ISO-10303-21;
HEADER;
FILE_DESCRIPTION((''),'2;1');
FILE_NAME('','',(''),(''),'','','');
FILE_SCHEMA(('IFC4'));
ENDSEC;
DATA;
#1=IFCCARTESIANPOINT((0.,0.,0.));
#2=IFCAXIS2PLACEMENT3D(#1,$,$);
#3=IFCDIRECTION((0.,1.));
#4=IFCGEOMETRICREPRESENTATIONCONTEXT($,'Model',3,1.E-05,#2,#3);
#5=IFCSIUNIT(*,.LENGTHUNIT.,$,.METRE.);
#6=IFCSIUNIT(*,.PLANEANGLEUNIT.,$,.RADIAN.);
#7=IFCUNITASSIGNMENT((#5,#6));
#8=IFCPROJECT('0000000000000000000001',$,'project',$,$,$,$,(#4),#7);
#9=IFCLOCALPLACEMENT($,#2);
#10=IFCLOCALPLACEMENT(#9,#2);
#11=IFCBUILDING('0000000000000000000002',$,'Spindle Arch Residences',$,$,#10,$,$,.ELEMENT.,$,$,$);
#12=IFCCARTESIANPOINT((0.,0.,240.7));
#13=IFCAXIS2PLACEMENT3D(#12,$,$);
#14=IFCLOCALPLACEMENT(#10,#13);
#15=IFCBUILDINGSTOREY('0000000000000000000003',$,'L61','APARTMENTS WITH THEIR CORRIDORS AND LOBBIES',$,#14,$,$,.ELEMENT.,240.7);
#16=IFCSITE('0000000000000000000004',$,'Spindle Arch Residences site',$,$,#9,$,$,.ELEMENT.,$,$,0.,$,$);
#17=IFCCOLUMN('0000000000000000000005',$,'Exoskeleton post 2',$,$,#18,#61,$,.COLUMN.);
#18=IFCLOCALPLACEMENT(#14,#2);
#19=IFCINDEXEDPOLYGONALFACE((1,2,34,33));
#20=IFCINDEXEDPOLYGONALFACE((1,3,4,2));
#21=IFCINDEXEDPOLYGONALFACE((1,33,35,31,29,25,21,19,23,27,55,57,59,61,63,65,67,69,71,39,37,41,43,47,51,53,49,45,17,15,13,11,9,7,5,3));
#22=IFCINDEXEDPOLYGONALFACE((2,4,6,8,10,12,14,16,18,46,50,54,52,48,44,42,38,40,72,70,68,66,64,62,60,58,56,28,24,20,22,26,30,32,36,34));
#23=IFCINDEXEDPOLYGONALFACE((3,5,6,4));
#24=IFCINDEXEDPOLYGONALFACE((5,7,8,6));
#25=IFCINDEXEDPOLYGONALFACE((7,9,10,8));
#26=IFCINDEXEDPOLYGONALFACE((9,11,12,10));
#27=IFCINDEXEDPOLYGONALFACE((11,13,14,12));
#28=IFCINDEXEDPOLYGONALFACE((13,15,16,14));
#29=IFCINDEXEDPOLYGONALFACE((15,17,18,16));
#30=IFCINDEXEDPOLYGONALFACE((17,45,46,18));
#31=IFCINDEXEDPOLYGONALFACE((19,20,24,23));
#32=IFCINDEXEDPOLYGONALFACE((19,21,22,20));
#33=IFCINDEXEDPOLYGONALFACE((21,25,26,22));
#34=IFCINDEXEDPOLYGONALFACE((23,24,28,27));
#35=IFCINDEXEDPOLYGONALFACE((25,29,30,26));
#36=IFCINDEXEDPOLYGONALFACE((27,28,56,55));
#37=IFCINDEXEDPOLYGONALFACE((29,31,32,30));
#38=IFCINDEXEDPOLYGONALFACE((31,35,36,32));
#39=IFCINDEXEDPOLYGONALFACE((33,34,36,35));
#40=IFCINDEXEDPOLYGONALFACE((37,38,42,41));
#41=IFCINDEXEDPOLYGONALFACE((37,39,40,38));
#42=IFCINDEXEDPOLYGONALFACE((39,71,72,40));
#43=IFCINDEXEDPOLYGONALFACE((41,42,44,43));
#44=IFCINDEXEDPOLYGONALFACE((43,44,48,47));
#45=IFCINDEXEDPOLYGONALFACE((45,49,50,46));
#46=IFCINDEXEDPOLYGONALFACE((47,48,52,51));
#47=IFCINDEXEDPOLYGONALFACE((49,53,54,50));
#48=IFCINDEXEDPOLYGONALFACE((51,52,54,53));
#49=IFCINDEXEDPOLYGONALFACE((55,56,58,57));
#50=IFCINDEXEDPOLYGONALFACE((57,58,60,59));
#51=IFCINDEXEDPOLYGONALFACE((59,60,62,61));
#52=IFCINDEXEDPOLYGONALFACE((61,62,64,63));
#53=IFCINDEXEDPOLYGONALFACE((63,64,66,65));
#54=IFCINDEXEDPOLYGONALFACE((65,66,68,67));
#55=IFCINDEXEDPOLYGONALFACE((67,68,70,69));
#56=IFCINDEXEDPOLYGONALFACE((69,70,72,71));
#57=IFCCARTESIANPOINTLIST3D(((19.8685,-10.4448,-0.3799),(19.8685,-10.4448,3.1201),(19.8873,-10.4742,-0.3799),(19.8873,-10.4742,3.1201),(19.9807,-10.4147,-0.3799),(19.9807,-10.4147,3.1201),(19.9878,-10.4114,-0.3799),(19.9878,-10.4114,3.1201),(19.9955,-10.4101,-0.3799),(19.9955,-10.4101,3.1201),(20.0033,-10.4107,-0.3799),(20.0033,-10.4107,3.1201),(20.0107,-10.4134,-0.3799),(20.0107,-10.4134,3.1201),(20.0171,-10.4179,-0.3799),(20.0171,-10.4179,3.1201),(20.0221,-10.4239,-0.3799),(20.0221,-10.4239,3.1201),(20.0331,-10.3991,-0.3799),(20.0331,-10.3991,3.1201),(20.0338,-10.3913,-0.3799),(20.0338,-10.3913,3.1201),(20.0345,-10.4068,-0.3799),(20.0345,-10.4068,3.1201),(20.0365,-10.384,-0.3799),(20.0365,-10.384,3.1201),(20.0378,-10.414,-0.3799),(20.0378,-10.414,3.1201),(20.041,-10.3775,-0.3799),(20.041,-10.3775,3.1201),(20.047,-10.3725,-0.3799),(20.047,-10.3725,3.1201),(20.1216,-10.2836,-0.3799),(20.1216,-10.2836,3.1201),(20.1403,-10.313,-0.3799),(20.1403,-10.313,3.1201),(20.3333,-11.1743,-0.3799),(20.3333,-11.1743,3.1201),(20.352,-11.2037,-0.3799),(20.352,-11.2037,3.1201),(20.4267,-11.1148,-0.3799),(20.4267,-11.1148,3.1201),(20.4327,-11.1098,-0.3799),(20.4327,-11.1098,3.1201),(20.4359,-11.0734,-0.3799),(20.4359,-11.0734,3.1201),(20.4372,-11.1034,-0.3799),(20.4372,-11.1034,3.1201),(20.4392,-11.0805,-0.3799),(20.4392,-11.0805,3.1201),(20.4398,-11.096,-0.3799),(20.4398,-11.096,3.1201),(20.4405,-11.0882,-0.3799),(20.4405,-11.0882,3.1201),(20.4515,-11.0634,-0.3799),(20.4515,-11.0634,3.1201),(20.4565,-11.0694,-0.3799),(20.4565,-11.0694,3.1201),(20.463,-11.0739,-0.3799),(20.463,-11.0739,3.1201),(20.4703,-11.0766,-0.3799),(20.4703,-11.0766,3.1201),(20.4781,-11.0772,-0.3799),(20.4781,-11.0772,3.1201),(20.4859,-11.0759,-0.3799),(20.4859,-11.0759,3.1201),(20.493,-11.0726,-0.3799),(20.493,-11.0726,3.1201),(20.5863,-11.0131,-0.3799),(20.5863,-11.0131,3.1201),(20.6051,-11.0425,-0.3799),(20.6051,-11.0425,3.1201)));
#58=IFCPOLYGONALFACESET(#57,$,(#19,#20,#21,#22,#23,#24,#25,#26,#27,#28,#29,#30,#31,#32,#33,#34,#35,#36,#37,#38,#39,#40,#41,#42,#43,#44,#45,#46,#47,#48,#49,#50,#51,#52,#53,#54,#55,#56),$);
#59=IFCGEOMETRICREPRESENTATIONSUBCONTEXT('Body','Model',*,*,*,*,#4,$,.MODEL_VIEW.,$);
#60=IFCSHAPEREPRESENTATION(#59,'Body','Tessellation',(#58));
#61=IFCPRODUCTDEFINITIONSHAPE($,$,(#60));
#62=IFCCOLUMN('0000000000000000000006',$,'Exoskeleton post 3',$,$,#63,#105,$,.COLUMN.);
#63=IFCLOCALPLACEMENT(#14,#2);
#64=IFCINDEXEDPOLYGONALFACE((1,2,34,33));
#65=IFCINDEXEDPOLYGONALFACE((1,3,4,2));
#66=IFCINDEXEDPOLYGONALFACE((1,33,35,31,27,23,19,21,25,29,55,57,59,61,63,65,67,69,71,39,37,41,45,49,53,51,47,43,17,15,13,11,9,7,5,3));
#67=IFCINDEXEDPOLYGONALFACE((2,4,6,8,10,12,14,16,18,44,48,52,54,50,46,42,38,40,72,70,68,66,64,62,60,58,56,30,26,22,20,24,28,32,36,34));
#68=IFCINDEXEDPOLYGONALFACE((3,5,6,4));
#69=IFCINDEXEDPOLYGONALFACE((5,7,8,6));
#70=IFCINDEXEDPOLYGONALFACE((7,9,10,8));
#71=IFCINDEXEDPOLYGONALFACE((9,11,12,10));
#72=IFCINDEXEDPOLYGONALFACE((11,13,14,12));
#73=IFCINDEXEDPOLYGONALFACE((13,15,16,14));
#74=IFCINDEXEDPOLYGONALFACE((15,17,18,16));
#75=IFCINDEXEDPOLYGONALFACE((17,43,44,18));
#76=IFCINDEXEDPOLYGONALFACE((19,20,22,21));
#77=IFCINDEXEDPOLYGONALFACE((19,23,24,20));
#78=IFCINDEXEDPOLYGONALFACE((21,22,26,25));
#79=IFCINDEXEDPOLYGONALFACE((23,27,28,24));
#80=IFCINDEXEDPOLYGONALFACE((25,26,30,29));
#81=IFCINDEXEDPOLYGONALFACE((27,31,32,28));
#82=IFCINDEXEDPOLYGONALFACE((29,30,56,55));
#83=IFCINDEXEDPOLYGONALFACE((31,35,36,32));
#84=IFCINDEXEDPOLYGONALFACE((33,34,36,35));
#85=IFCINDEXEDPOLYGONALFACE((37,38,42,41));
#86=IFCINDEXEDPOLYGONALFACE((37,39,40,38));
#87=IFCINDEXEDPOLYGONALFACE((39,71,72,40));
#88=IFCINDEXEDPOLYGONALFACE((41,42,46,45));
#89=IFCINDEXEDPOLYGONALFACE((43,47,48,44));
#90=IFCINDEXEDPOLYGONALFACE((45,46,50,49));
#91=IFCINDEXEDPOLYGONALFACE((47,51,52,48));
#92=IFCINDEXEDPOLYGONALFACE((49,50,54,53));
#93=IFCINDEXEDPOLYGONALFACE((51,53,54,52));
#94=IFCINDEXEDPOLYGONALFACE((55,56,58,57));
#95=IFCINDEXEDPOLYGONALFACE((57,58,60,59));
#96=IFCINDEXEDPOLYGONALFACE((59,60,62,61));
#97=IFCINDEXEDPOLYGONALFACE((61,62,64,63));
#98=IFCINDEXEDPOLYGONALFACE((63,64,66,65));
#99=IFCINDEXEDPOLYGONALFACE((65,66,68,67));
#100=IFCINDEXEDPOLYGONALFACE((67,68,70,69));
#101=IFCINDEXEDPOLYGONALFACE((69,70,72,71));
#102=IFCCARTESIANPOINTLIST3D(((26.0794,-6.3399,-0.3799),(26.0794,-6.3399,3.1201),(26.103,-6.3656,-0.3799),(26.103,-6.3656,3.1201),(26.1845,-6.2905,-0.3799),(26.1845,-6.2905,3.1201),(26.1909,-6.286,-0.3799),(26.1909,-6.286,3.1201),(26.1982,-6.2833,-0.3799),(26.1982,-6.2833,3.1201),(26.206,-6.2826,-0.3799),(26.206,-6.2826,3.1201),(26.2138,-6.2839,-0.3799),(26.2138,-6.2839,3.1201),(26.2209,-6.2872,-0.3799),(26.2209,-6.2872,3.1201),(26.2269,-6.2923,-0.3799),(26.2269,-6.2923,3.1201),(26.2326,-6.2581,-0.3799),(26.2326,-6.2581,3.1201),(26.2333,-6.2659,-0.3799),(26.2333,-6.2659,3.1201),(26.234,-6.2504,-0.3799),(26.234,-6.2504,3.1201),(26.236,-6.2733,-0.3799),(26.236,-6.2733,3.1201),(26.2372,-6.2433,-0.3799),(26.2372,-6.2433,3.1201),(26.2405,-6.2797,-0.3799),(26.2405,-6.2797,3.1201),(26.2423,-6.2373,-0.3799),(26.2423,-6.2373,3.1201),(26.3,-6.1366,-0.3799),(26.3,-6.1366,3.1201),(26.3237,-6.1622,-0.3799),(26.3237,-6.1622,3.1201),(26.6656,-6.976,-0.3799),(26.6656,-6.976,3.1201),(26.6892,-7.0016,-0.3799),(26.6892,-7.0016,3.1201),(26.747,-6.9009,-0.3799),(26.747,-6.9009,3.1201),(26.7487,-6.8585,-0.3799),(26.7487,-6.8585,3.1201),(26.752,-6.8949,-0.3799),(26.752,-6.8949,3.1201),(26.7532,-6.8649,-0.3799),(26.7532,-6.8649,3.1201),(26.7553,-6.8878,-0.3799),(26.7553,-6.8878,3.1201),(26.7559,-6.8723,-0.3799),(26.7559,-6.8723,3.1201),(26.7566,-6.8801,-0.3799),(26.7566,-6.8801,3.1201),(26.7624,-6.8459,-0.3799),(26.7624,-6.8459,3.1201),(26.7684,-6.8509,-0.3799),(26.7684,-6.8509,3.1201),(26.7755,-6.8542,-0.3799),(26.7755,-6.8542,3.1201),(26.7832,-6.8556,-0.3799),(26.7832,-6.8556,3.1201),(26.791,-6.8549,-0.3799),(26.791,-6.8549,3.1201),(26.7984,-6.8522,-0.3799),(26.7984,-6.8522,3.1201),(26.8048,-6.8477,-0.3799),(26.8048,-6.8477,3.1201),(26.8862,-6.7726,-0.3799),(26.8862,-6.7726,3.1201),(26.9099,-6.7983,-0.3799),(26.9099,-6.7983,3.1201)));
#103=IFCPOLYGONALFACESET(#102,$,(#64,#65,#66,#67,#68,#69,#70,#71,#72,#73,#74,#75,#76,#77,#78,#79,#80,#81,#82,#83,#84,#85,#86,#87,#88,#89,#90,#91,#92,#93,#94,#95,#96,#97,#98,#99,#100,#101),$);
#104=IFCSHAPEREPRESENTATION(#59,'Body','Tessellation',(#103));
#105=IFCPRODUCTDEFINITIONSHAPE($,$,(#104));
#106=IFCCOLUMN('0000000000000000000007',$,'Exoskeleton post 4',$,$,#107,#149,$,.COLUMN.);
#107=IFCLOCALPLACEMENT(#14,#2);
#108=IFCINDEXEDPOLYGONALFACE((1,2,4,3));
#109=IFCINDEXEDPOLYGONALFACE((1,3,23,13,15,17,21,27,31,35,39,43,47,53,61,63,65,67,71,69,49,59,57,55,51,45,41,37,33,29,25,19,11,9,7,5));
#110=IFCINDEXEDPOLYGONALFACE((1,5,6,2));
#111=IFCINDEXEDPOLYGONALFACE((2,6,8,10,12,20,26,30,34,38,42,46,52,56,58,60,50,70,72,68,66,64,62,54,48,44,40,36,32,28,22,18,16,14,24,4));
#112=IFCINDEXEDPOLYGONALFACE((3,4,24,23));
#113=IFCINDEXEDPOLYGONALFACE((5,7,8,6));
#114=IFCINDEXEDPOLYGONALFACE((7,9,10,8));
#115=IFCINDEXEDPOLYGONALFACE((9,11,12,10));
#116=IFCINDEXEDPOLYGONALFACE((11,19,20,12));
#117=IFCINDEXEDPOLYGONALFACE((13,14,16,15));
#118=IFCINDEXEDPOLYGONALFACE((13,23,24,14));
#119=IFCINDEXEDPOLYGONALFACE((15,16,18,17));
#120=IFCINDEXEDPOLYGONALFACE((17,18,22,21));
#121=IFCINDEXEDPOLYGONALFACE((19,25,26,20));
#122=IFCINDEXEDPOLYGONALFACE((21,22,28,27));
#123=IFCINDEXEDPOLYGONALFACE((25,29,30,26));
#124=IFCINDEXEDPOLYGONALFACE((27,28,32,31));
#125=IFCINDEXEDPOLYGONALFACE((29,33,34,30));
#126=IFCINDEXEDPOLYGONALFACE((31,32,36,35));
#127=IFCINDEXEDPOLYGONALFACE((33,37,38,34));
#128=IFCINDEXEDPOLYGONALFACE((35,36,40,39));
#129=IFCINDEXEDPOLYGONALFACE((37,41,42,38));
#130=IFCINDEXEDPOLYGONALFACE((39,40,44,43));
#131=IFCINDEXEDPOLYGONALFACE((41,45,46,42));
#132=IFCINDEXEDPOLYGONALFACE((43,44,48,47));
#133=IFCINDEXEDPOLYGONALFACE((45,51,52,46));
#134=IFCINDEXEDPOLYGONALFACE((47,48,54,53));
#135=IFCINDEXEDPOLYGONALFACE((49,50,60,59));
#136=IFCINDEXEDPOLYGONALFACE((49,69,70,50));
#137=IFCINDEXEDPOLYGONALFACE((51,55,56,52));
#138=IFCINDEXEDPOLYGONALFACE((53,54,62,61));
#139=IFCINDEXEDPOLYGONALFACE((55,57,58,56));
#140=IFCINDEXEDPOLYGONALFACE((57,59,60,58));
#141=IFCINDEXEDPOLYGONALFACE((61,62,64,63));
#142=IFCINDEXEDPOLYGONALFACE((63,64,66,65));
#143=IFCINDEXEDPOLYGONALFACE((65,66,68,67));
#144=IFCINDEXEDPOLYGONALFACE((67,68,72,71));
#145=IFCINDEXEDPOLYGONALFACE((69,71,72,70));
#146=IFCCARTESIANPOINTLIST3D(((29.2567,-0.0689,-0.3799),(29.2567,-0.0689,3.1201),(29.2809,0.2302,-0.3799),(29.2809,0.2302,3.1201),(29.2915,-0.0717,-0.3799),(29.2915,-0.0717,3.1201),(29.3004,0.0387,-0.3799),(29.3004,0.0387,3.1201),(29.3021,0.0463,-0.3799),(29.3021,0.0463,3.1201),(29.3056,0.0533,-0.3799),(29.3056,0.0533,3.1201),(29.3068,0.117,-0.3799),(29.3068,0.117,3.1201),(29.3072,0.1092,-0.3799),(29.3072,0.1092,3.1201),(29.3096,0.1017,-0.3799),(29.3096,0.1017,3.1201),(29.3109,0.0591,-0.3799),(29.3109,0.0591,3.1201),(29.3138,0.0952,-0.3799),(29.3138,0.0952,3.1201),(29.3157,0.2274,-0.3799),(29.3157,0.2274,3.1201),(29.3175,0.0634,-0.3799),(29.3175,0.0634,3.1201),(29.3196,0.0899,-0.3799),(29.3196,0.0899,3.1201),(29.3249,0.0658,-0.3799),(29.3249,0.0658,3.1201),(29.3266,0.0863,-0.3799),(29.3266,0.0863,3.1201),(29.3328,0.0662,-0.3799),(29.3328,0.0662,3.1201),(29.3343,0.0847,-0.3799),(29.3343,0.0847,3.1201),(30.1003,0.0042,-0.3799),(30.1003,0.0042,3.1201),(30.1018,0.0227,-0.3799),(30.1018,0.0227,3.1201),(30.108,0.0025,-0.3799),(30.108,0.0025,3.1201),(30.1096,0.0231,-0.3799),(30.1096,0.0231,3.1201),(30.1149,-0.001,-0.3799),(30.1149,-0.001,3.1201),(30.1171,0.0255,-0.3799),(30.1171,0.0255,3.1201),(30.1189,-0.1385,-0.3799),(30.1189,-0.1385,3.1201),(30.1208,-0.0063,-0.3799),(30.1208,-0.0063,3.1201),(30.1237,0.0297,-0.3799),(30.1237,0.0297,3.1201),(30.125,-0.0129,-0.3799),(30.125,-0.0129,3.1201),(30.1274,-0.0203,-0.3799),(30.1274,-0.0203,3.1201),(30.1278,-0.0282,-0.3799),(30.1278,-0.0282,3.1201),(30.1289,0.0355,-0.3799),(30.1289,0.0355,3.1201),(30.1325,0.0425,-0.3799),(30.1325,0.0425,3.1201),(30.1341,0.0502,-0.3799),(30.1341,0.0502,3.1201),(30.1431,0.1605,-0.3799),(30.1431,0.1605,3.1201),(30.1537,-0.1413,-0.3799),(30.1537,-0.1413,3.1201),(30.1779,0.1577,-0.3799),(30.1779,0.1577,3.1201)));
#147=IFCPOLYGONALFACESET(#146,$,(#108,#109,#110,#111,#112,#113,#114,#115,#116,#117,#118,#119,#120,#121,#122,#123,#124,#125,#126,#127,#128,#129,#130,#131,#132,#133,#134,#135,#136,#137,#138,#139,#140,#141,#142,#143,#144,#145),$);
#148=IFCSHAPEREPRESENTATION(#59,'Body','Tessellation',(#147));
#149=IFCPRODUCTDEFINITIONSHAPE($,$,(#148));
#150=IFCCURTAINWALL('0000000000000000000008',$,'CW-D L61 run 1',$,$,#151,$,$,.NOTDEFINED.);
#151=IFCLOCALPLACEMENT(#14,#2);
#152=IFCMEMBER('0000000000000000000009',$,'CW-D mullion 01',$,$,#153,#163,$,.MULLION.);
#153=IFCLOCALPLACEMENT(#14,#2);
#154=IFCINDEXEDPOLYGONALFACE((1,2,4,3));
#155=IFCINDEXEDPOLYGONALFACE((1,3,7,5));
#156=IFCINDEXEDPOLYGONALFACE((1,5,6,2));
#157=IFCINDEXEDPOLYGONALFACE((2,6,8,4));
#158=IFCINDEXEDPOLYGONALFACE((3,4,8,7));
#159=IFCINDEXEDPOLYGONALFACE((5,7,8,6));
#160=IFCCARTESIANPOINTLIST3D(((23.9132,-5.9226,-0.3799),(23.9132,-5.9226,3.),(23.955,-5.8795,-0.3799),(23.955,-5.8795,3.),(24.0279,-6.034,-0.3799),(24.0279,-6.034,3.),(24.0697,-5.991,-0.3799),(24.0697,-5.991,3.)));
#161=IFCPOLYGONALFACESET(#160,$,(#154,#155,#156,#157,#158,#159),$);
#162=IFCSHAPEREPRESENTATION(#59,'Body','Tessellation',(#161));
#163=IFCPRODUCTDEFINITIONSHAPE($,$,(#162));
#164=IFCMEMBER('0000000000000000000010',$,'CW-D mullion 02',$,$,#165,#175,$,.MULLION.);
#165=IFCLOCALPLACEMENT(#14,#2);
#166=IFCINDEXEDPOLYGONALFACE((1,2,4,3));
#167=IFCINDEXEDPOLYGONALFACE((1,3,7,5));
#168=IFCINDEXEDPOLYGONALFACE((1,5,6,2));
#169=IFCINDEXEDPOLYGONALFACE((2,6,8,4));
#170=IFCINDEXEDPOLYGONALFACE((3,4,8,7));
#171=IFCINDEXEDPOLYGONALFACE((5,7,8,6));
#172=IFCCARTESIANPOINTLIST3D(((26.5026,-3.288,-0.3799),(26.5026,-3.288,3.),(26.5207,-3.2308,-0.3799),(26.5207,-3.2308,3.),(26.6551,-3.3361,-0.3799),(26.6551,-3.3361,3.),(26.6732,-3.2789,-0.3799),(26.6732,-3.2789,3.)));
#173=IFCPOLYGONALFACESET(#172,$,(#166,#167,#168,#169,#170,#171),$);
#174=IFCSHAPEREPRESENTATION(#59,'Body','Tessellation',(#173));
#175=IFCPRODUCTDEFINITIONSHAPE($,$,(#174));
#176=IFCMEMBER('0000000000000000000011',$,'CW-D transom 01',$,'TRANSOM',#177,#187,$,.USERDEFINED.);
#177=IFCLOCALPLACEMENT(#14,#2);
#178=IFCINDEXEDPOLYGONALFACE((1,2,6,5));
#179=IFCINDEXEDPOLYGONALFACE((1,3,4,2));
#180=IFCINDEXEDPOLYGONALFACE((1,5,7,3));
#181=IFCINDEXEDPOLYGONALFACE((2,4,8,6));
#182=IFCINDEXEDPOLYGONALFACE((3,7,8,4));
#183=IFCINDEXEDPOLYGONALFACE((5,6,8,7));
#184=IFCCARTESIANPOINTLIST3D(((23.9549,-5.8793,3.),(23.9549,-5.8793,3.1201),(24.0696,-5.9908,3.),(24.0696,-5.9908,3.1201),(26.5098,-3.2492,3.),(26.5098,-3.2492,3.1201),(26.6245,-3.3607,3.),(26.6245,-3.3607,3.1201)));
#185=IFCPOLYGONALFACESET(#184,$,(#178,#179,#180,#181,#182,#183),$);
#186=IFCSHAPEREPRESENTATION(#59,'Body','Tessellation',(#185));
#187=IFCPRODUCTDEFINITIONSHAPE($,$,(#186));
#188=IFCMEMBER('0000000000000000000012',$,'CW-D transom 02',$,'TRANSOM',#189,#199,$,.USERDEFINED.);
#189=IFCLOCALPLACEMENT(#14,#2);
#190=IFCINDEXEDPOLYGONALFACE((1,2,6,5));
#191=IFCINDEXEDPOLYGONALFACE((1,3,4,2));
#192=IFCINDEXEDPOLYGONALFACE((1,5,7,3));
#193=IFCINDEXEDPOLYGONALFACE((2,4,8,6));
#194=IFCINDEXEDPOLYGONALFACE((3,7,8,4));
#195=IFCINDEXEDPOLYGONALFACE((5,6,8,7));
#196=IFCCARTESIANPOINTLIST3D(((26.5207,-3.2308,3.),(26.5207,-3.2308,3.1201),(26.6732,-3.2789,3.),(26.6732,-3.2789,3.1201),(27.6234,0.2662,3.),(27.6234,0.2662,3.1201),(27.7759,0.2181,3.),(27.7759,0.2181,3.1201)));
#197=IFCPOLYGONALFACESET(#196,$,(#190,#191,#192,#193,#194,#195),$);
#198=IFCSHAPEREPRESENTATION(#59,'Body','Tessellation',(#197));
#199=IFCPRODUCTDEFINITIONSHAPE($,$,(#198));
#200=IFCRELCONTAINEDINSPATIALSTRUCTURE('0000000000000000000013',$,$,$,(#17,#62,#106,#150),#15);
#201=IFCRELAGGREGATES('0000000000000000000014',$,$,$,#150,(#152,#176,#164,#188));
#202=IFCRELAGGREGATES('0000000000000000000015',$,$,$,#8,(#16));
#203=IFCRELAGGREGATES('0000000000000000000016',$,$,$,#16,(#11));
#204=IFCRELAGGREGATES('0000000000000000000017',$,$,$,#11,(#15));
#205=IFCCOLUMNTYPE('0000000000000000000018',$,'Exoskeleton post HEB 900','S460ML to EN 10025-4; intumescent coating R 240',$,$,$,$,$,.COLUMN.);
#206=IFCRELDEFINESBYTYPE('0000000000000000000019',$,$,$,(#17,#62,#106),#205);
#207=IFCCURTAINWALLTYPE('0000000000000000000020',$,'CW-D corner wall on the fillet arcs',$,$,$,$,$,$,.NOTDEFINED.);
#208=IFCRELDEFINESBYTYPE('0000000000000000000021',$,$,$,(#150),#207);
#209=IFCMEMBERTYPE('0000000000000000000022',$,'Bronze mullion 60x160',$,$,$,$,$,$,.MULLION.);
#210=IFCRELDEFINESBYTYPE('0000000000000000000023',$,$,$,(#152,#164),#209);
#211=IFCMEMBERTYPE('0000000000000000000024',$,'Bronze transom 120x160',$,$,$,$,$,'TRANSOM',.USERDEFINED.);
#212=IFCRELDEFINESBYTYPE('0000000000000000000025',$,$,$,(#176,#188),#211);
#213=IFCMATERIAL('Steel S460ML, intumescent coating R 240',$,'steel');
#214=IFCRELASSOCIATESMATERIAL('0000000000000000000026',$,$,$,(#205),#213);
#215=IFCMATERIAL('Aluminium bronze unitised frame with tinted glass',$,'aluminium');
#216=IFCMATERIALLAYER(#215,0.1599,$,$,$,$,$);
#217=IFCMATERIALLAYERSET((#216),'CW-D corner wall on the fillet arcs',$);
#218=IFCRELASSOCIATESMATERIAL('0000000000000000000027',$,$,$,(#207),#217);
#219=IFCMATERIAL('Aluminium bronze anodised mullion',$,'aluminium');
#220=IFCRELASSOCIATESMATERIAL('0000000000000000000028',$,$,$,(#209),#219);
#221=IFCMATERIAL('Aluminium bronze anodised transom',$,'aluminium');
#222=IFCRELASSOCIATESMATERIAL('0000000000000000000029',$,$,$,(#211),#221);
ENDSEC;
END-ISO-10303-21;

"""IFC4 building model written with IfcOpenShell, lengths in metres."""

from ifc_helpers import new_model, si_unit, direction, frame, origin, origin_2d, place, context, subcontext, project, spatial, rectangle, i_section, extrude, material, layer, layer_set, material_profile, profile_set, type_object, element, aggregate, save


model = new_model("IFC4")

# Units and contexts
model_context = context("Model", 3, precision=1e-05, world=origin(), true_north=direction((0.0, 1.0)))
body_context = subcontext(model_context, "Body", "Model", "MODEL_VIEW")
ifc_project = project(units=[si_unit("LENGTHUNIT", "METRE"), si_unit("PLANEANGLEUNIT", "RADIAN")], contexts=[model_context])

# Site, building, storey
site_placement = place(None, origin())
site = spatial("IfcSite", under=ifc_project, at=site_placement, Name="Spindle Arch Residences site", CompositionType="ELEMENT", RefElevation=0.0)
building_placement = place(site_placement, origin())
building = spatial("IfcBuilding", under=site, at=building_placement, Name="Spindle Arch Residences", CompositionType="ELEMENT")
storey_placement = place(building_placement, frame((0.0, 0.0, 240.7)))
storey = spatial("IfcBuildingStorey", under=building, at=storey_placement, Name="L61", Description="APARTMENTS WITH THEIR CORRIDORS AND LOBBIES", CompositionType="ELEMENT", Elevation=240.7)

# Columns
ifc_material_1 = material(Name="Steel S460ML, intumescent coating R 240", Category="steel")
ifc_material_profile_1 = material_profile(ifc_material_1, i_section(OverallWidth=0.3, OverallDepth=0.8999, WebThickness=0.0186, FlangeThickness=0.0349, FilletRadius=0.03, at=origin_2d()), Name="HEB 900")
ifc_profile_set_1 = profile_set([ifc_material_profile_1], Name="Steel S460ML, intumescent coating R 240")
column_type = type_object("IfcColumnType", Name="Exoskeleton post HEB 900", Description="S460ML to EN 10025-4; intumescent coating R 240", PredefinedType="COLUMN", material=ifc_profile_set_1)
for number, where, z_axis, x_axis, name in (
    (1, (20.2368, -10.7437, -0.3799), (0.0, 0.0, 1.0), (-0.843391, -0.5373, 0.0), "Exoskeleton post 2"),
    (2, (26.4946, -6.5691, -0.3799), (0.0, 0.0, 1.0), (-0.735347, -0.677691, 0.0), "Exoskeleton post 3"),
    (3, (29.7173, 0.0444, -0.3799), (0.0, 0.0, 1.0), (-0.080538, -0.996752, 0.0), "Exoskeleton post 4"),
):
    element("IfcColumn", number, at=place(storey_placement, frame(where, z_axis=z_axis, x_axis=x_axis)), inside=storey, type_object=column_type, Name=name, PredefinedType="COLUMN", context=body_context, shape_type="SweptSolid", body=[
        extrude(i_section(OverallWidth=0.3, OverallDepth=0.8999, WebThickness=0.0186, FlangeThickness=0.0349, FilletRadius=0.03, at=origin_2d()), origin(), (0.0, 0.0, 1.0), 3.5),
    ])

# Curtain wall, members
ifc_material_2 = material(Name="Aluminium bronze unitised frame with tinted glass", Category="aluminium")
ifc_layer_1 = layer(ifc_material_2, 0.1599)
ifc_layer_set_1 = layer_set([ifc_layer_1], Name="CW-D corner wall on the fillet arcs")
curtain_wall_type = type_object("IfcCurtainWallType", Name="CW-D corner wall on the fillet arcs", PredefinedType="NOTDEFINED", material=ifc_layer_set_1)
curtain_wall_placement = place(storey_placement, origin())
curtain_wall = element("IfcCurtainWall", 4, at=curtain_wall_placement, inside=storey, type_object=curtain_wall_type, Name="CW-D L61 run 1", PredefinedType="NOTDEFINED")
ifc_material_3 = material(Name="Aluminium bronze anodised mullion", Category="aluminium")
ifc_material_profile_2 = material_profile(ifc_material_3, rectangle(XDim=0.1599, YDim=0.0601, at=origin_2d()), Name="MU 60x160")
ifc_profile_set_2 = profile_set([ifc_material_profile_2], Name="Aluminium bronze anodised mullion")
member_type_1 = type_object("IfcMemberType", Name="Bronze mullion 60x160", PredefinedType="MULLION", material=ifc_profile_set_2)
member_1_placement = place(storey_placement, frame((23.9915, -5.9568, -0.3799), z_axis=(0.0, 0.0, 1.0), x_axis=(-0.717316, 0.696748, 0.0)))
member_1 = element("IfcMember", 5, at=member_1_placement, type_object=member_type_1, Name="CW-D mullion 01", PredefinedType="MULLION", context=body_context, shape_type="SweptSolid", body=[
    extrude(rectangle(XDim=0.1599, YDim=0.0601, at=origin_2d()), origin(), (0.0, 0.0, 1.0), 3.3799),
])
member_2_placement = place(storey_placement, frame((26.5879, -3.2834, -0.3799), z_axis=(0.0, 0.0, 1.0), x_axis=(-0.953717, 0.300706, 0.0)))
member_2 = element("IfcMember", 6, at=member_2_placement, type_object=member_type_1, Name="CW-D mullion 02", PredefinedType="MULLION", context=body_context, shape_type="SweptSolid", body=[
    extrude(rectangle(XDim=0.1599, YDim=0.0601, at=origin_2d()), origin(), (0.0, 0.0, 1.0), 3.3799),
])
ifc_material_4 = material(Name="Aluminium bronze anodised transom", Category="aluminium")
ifc_material_profile_3 = material_profile(ifc_material_4, rectangle(XDim=0.1599, YDim=0.1201, at=origin_2d()), Name="TR 120x160")
ifc_profile_set_3 = profile_set([ifc_material_profile_3], Name="Aluminium bronze anodised transom")
member_type_2 = type_object("IfcMemberType", Name="Bronze transom 120x160", ElementType="TRANSOM", PredefinedType="USERDEFINED", material=ifc_profile_set_3)
member_3_placement = place(storey_placement, frame((24.0122, -5.9351, 3.0601), z_axis=(0.696779, 0.717286, 0.0), x_axis=(-0.717286, 0.696779, 0.0)))
member_3 = element("IfcMember", 7, at=member_3_placement, type_object=member_type_2, Name="CW-D transom 01", ObjectType="TRANSOM", PredefinedType="USERDEFINED", context=body_context, shape_type="SweptSolid", body=[
    extrude(rectangle(XDim=0.1599, YDim=0.1201, at=origin_2d()), origin(), (0.0, 0.0, 1.0), 3.6667),
])
member_4_placement = place(storey_placement, frame((26.5969, -3.2549, 3.0601), z_axis=(0.300746, 0.953704, 0.0), x_axis=(-0.953704, 0.300746, 0.0)))
member_4 = element("IfcMember", 8, at=member_4_placement, type_object=member_type_2, Name="CW-D transom 02", ObjectType="TRANSOM", PredefinedType="USERDEFINED", context=body_context, shape_type="SweptSolid", body=[
    extrude(rectangle(XDim=0.1599, YDim=0.1201, at=origin_2d()), origin(), (0.0, 0.0, 1.0), 3.6667),
])

aggregate(curtain_wall, [member_1, member_3, member_2, member_4])

save(model, "model.ifc")
